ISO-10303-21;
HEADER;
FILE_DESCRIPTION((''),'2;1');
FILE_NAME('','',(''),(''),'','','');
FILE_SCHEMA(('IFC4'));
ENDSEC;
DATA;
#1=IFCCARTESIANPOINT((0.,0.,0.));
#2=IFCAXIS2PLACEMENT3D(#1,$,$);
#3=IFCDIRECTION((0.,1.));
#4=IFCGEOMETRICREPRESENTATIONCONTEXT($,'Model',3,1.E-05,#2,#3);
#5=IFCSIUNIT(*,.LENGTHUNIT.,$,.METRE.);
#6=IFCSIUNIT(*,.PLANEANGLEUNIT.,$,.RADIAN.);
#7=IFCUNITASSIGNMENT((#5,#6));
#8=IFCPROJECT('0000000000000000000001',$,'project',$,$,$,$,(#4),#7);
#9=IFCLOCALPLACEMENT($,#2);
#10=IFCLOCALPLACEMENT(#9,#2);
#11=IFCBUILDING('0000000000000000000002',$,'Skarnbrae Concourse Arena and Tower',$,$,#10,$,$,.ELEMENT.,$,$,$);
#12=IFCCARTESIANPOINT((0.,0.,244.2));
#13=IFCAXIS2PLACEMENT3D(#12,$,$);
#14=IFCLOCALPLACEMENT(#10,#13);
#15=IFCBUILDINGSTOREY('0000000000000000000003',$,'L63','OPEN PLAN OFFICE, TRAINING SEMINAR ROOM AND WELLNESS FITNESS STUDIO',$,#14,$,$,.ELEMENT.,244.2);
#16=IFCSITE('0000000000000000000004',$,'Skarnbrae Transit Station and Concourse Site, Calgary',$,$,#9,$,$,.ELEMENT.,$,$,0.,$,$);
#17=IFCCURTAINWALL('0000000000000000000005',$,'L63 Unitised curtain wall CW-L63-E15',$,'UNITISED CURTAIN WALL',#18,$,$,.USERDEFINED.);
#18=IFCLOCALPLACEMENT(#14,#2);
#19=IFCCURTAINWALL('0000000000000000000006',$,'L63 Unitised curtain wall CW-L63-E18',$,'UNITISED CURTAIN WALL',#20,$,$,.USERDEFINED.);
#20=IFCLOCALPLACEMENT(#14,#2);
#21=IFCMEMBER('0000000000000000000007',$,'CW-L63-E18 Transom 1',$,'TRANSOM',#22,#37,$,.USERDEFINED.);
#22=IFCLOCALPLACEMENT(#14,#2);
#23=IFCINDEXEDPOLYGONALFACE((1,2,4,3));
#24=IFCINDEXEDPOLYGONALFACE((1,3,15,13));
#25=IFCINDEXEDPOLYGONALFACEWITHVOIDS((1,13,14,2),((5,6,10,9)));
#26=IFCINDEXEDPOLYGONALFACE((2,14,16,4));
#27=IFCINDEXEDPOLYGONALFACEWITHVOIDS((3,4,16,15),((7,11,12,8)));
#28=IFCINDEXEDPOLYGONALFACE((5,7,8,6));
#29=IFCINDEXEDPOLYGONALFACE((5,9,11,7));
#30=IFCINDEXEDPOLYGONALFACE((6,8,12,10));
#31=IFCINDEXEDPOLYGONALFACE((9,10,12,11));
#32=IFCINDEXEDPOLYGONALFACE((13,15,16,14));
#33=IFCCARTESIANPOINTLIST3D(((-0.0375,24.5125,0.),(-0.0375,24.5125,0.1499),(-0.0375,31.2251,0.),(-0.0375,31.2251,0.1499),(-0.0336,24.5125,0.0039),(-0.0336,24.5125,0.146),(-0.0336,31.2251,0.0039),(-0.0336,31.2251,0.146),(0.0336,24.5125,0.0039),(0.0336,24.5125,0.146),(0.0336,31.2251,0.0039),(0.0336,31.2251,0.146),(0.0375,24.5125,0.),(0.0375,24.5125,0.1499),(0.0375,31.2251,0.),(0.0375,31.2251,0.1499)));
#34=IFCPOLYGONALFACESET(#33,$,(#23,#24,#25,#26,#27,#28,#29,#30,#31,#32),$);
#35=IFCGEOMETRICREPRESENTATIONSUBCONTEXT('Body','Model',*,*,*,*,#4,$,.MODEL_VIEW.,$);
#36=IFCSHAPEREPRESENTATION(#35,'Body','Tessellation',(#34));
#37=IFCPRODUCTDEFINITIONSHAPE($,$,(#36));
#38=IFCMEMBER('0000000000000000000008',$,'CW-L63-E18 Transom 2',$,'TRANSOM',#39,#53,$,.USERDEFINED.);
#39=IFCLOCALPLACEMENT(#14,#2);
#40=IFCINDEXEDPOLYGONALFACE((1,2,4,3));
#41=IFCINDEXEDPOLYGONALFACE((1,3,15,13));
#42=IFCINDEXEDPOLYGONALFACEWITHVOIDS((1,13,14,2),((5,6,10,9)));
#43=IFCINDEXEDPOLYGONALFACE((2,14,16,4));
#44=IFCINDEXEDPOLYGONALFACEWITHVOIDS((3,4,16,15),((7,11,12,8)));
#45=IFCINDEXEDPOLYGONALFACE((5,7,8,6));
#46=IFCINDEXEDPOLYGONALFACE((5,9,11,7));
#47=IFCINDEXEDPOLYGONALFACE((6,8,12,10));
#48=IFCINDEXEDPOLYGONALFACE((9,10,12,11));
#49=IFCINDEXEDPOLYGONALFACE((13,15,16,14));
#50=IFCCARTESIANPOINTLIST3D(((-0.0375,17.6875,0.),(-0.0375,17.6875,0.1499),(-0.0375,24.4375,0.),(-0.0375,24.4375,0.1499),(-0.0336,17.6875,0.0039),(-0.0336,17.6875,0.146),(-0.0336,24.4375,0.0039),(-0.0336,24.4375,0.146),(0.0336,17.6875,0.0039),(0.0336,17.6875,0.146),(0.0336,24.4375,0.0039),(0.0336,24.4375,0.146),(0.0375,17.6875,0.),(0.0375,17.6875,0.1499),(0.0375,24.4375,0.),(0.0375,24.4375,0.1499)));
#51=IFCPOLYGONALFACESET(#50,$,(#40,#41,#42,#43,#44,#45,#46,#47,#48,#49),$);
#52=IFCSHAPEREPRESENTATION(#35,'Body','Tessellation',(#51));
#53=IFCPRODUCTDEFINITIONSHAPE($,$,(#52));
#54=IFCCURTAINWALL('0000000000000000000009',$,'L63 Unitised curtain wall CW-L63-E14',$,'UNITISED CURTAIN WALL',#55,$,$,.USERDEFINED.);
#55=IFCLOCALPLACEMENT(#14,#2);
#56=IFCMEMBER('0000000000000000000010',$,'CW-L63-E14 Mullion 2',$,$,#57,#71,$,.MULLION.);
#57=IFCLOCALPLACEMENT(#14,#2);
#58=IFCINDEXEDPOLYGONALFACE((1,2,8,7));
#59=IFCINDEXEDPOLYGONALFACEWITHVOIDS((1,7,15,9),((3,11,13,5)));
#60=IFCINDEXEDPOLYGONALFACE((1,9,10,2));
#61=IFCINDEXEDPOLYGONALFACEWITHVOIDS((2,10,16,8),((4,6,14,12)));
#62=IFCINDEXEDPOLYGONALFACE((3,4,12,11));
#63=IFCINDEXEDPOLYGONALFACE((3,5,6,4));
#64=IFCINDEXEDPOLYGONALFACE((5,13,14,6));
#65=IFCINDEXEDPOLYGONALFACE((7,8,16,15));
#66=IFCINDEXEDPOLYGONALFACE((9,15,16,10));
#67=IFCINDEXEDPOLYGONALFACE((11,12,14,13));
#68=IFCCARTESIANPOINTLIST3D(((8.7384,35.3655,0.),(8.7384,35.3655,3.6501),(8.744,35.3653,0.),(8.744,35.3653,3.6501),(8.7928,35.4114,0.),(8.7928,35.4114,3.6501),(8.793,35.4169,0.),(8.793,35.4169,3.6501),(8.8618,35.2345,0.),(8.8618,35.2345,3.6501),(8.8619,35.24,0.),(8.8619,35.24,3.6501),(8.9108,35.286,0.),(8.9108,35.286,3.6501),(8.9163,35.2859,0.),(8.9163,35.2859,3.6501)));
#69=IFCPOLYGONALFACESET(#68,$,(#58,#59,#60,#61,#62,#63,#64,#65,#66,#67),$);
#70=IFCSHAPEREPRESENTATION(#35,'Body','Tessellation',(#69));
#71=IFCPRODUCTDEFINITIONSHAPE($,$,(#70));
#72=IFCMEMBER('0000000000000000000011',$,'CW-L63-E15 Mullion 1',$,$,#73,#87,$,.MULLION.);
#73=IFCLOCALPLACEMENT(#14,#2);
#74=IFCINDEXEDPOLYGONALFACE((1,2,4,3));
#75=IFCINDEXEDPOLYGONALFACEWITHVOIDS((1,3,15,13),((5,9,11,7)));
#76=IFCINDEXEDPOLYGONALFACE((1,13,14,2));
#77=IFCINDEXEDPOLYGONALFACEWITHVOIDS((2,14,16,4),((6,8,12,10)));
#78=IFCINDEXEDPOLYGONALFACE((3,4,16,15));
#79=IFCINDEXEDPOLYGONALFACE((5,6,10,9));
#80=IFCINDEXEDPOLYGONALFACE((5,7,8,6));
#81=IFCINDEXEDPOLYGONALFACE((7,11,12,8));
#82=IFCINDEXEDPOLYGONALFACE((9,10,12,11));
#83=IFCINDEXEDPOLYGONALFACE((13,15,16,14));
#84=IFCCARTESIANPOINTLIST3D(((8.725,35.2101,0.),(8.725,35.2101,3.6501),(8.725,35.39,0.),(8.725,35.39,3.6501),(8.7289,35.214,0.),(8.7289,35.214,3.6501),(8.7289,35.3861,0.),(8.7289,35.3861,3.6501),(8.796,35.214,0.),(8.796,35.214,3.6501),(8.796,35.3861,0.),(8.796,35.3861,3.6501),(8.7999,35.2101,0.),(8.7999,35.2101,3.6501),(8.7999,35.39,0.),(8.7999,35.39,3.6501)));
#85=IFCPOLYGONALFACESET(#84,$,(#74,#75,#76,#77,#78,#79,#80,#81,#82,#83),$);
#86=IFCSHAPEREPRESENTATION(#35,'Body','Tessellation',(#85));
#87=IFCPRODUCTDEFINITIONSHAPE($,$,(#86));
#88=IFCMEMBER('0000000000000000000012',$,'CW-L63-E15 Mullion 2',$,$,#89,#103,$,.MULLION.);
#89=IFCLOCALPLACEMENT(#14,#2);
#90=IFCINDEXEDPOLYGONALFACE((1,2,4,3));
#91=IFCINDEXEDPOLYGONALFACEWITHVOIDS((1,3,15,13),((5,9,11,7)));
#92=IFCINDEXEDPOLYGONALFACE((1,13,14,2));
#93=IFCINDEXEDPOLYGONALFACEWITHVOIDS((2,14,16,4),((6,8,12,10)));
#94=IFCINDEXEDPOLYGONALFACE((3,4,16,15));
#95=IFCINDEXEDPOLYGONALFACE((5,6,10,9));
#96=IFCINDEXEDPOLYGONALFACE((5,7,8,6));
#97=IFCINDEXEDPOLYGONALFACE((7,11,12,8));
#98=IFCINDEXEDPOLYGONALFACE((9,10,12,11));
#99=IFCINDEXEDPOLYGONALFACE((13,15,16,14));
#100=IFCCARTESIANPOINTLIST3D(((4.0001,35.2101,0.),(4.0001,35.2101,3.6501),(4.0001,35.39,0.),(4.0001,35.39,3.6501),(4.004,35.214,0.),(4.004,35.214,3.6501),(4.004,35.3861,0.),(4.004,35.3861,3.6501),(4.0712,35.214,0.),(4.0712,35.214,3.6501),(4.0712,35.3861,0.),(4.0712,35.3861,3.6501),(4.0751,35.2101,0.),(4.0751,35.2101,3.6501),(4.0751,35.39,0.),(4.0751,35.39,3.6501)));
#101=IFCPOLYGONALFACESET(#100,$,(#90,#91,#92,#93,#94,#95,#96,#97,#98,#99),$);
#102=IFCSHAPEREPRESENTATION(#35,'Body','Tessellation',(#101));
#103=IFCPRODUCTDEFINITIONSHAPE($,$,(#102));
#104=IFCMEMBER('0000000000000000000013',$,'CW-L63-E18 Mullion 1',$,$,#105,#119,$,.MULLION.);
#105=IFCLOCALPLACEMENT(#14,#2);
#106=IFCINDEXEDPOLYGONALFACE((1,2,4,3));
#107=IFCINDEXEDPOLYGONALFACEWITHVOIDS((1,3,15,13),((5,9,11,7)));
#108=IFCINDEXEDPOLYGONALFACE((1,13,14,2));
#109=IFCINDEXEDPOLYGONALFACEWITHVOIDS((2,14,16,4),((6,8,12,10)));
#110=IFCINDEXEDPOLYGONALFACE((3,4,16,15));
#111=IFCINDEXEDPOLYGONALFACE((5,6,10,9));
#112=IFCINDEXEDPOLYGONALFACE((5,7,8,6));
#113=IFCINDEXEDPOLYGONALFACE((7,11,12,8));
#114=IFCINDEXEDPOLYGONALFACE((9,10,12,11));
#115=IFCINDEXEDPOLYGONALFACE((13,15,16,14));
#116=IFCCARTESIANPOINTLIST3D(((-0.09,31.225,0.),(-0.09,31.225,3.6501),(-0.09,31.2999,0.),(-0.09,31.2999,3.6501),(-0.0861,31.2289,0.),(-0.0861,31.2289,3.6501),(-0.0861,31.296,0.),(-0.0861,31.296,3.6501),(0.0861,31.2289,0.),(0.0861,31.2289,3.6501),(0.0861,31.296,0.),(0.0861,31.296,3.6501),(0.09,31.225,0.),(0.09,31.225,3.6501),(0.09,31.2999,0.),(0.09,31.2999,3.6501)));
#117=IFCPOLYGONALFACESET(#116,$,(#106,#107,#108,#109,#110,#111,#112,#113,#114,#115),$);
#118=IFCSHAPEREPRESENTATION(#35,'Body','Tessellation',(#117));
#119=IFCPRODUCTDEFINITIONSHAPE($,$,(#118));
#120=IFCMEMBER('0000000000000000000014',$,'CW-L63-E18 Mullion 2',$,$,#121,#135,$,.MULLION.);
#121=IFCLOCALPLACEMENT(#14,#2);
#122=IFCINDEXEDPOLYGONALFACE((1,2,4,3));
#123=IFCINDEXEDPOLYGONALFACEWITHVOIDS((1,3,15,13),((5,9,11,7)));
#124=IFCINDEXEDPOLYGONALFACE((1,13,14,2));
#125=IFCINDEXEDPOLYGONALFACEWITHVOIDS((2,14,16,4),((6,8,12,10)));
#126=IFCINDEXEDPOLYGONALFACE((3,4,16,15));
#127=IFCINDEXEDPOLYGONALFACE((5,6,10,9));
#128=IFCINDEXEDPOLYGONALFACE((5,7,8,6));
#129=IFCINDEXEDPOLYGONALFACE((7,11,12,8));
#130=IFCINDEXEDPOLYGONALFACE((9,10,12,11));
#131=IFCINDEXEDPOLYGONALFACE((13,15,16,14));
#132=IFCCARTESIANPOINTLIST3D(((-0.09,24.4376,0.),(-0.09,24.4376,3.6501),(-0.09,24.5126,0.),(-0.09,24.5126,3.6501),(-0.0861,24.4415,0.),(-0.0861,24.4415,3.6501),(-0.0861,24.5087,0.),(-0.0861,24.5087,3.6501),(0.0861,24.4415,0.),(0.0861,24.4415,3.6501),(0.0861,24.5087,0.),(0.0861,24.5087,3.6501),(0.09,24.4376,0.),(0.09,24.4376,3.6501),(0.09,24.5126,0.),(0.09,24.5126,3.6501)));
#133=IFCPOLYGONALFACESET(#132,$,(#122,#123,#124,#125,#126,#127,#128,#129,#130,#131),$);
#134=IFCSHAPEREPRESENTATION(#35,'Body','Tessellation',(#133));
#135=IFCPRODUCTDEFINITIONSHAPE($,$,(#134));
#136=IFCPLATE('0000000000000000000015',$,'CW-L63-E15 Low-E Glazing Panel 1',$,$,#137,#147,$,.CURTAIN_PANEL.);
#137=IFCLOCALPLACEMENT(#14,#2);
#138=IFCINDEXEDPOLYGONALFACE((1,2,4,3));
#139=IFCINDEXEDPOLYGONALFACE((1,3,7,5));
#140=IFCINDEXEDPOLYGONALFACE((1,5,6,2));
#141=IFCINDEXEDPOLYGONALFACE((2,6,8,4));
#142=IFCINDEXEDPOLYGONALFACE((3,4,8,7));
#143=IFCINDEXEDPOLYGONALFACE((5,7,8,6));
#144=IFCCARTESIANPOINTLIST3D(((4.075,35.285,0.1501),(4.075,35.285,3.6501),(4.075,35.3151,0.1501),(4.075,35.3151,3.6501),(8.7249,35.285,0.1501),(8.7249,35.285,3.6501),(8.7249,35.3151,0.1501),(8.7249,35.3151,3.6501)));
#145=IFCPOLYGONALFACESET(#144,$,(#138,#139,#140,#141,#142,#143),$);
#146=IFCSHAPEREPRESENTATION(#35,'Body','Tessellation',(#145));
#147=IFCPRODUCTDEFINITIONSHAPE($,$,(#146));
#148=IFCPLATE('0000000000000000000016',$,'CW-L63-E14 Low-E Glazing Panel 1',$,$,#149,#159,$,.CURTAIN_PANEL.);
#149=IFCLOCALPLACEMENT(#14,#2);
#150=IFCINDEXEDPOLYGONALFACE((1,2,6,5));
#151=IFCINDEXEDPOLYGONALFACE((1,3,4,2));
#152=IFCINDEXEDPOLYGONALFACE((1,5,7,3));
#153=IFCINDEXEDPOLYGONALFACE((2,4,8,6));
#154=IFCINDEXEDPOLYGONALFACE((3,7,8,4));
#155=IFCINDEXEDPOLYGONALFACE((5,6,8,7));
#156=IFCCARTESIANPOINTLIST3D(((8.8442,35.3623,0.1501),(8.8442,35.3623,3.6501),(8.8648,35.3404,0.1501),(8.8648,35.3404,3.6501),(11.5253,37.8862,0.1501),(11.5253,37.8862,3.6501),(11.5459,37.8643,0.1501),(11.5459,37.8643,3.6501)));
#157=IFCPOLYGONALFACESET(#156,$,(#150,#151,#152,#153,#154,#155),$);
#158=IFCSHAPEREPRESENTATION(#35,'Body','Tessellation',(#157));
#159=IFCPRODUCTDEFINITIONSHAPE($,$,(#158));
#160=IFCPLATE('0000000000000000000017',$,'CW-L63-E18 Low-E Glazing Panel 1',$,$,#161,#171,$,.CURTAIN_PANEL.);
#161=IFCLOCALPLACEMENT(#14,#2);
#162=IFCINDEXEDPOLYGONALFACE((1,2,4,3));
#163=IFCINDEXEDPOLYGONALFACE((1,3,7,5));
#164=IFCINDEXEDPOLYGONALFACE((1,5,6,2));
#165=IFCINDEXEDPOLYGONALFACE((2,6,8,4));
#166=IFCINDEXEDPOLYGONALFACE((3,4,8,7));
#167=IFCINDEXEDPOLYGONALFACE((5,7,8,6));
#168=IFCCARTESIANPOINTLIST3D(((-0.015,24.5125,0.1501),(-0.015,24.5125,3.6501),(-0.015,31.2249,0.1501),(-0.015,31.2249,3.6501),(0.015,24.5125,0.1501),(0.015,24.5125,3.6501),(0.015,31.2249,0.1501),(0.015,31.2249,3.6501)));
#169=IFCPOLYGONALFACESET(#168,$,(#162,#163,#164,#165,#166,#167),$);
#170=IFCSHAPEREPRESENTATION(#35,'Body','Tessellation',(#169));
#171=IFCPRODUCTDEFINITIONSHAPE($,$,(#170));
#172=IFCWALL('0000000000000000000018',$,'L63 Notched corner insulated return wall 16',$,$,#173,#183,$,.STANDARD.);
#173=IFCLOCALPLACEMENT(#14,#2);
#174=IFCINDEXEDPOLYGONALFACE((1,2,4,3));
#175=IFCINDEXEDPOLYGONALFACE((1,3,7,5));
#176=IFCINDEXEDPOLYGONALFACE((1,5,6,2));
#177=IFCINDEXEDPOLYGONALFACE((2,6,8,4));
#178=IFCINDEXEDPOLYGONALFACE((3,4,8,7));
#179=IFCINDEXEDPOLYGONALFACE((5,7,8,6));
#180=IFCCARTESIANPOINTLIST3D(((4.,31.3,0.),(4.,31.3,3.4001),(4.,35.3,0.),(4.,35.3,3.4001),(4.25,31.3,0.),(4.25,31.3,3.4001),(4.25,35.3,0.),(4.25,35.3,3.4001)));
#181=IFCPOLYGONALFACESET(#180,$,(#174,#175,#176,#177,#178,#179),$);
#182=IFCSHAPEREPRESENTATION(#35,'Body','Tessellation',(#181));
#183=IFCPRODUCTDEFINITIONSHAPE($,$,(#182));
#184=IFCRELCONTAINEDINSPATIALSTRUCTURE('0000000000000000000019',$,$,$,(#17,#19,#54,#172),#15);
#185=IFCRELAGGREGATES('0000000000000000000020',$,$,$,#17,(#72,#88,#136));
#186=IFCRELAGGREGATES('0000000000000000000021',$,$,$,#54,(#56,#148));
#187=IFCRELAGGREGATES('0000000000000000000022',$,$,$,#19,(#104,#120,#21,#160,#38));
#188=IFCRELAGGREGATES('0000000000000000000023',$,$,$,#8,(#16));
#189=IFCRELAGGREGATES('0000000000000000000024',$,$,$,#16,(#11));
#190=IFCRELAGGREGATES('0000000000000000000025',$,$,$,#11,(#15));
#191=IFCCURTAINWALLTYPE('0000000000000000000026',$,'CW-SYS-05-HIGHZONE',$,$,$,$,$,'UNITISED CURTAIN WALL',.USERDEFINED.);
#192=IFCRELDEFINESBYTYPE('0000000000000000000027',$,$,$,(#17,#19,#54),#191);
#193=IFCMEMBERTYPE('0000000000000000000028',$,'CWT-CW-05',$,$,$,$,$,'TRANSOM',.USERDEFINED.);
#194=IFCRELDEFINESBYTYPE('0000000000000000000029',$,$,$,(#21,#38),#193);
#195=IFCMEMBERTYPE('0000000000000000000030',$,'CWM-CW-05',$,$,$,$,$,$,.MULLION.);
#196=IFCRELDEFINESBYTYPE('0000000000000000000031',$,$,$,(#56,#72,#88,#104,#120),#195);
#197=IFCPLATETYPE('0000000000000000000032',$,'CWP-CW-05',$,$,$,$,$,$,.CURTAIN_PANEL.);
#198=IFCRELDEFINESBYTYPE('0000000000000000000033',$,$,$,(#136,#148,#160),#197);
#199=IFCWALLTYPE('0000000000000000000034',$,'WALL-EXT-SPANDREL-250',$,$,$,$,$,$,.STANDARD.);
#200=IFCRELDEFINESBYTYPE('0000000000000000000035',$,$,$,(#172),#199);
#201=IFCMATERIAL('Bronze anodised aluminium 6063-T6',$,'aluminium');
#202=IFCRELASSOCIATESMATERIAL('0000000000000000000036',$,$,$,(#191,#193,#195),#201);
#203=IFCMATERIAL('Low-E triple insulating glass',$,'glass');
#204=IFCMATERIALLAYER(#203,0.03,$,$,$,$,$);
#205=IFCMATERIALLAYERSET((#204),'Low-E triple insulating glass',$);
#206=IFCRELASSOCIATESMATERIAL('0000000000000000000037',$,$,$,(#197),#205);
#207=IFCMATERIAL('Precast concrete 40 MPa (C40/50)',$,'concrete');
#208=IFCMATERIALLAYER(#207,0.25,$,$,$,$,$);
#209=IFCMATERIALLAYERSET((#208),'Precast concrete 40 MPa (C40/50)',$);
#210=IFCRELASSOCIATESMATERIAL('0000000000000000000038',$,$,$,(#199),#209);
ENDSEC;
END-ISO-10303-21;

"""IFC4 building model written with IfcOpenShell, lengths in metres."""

from ifc_helpers import new_model, si_unit, direction, frame, frame_2d, origin, origin_2d, place, context, subcontext, project, spatial, rectangle, hollow_rectangle, extrude, source, transform, mapped, material, layer, layer_set, material_profile, profile_set, type_object, element, aggregate, save


model = new_model("IFC4")

# Units and contexts
model_context = context("Model", 3, precision=1e-05, world=origin(), true_north=direction((0.0, 1.0)))
body_context = subcontext(model_context, "Body", "Model", "MODEL_VIEW")
ifc_project = project(units=[si_unit("LENGTHUNIT", "METRE"), si_unit("PLANEANGLEUNIT", "RADIAN")], contexts=[model_context])

# Site, building, storey
site_placement = place(None, origin())
site = spatial("IfcSite", under=ifc_project, at=site_placement, Name="Skarnbrae Transit Station and Concourse Site, Calgary", CompositionType="ELEMENT", RefElevation=0.0)
building_placement = place(site_placement, origin())
building = spatial("IfcBuilding", under=site, at=building_placement, Name="Skarnbrae Concourse Arena and Tower", CompositionType="ELEMENT")
storey_placement = place(building_placement, frame((0.0, 0.0, 244.2)))
storey = spatial("IfcBuildingStorey", under=building, at=storey_placement, Name="L63", Description="OPEN PLAN OFFICE, TRAINING SEMINAR ROOM AND WELLNESS FITNESS STUDIO", CompositionType="ELEMENT", Elevation=244.2)

# Curtain wall
ifc_material_1 = material(Name="Bronze anodised aluminium 6063-T6", Category="aluminium")
curtain_wall_type = type_object("IfcCurtainWallType", Name="CW-SYS-05-HIGHZONE", ElementType="UNITISED CURTAIN WALL", PredefinedType="USERDEFINED", material=ifc_material_1)
curtain_wall_1_placement = place(storey_placement, origin())
curtain_wall_1 = element("IfcCurtainWall", 1, at=curtain_wall_1_placement, inside=storey, type_object=curtain_wall_type, Name="L63 Unitised curtain wall CW-L63-E15", ObjectType="UNITISED CURTAIN WALL", PredefinedType="USERDEFINED")
ifc_material_profile_1 = material_profile(ifc_material_1, hollow_rectangle(XDim=0.075, YDim=0.1499, WallThickness=0.0039, at=origin_2d()), Name="ALU-TRAN-75X150")
ifc_profile_set_1 = profile_set([ifc_material_profile_1], Name="Bronze anodised aluminium 6063-T6")
member_type_1 = type_object("IfcMemberType", Name="CWT-CW-05", ElementType="TRANSOM", PredefinedType="USERDEFINED", material=ifc_profile_set_1)

# Curtain wall, members
curtain_wall_2_placement = place(storey_placement, origin())
curtain_wall_2 = element("IfcCurtainWall", 2, at=curtain_wall_2_placement, inside=storey, type_object=curtain_wall_type, Name="L63 Unitised curtain wall CW-L63-E18", ObjectType="UNITISED CURTAIN WALL", PredefinedType="USERDEFINED")
shared_shape_1 = source(origin(), body_context, "Body", "SweptSolid", [
    extrude(hollow_rectangle(XDim=0.075, YDim=0.1499, WallThickness=0.0039, at=origin_2d()), origin(), (0.0, 0.0, 1.0), 6.7126),
])
member_1_placement = place(storey_placement, frame((0.0, 31.2251, 0.075), z_axis=(0.0, -1.0, 0.0), x_axis=(1.0, 0.0, 0.0)))
member_1 = element("IfcMember", 3, at=member_1_placement, type_object=member_type_1, Name="CW-L63-E18 Transom 1", ObjectType="TRANSOM", PredefinedType="USERDEFINED", context=body_context, shape_type="MappedRepresentation", body=[
    mapped(shared_shape_1, transform((0.0, 0.0, 0.0))),
])
shared_shape_2 = source(origin(), body_context, "Body", "SweptSolid", [
    extrude(hollow_rectangle(XDim=0.075, YDim=0.1499, WallThickness=0.0039, at=origin_2d()), origin(), (0.0, 0.0, 1.0), 6.75),
])
member_2_placement = place(storey_placement, frame((0.0, 24.4375, 0.075), z_axis=(0.0, -1.0, 0.0), x_axis=(1.0, 0.0, 0.0)))
member_2 = element("IfcMember", 4, at=member_2_placement, type_object=member_type_1, Name="CW-L63-E18 Transom 2", ObjectType="TRANSOM", PredefinedType="USERDEFINED", context=body_context, shape_type="MappedRepresentation", body=[
    mapped(shared_shape_2, transform((0.0, 0.0, 0.0))),
])

# Curtain wall, member
curtain_wall_3_placement = place(storey_placement, origin())
curtain_wall_3 = element("IfcCurtainWall", 5, at=curtain_wall_3_placement, inside=storey, type_object=curtain_wall_type, Name="L63 Unitised curtain wall CW-L63-E14", ObjectType="UNITISED CURTAIN WALL", PredefinedType="USERDEFINED")
ifc_material_profile_2 = material_profile(ifc_material_1, hollow_rectangle(XDim=0.075, YDim=0.1799, WallThickness=0.0039, at=origin_2d()), Name="ALU-MULL-75X180")
ifc_profile_set_2 = profile_set([ifc_material_profile_2], Name="Bronze anodised aluminium 6063-T6")
member_type_2 = type_object("IfcMemberType", Name="CWM-CW-05", PredefinedType="MULLION", material=ifc_profile_set_2)
shared_shape_3 = source(origin(), body_context, "Body", "SweptSolid", [
    extrude(hollow_rectangle(XDim=0.075, YDim=0.1799, WallThickness=0.0039, at=origin_2d()), origin(), (0.0, 0.0, 1.0), 3.6501),
])
member_3_placement = place(storey_placement, frame((8.8274, 35.3257, 0.0), z_axis=(0.0, 0.0, 1.0), x_axis=(-0.728131, -0.685438, 0.0)))
member_3 = element("IfcMember", 6, at=member_3_placement, type_object=member_type_2, Name="CW-L63-E14 Mullion 2", PredefinedType="MULLION", context=body_context, shape_type="MappedRepresentation", body=[
    mapped(shared_shape_3, transform((0.0, 0.0, 0.0))),
])

# Members
member_4_placement = place(storey_placement, frame((8.7625, 35.3, 0.0), z_axis=(0.0, 0.0, 1.0), x_axis=(-1.0, 0.0, 0.0)))
member_4 = element("IfcMember", 7, at=member_4_placement, type_object=member_type_2, Name="CW-L63-E15 Mullion 1", PredefinedType="MULLION", context=body_context, shape_type="MappedRepresentation", body=[
    mapped(shared_shape_3, transform((0.0, 0.0, 0.0))),
])
member_5_placement = place(storey_placement, frame((4.0376, 35.3, 0.0), z_axis=(0.0, 0.0, 1.0), x_axis=(-1.0, 0.0, 0.0)))
member_5 = element("IfcMember", 8, at=member_5_placement, type_object=member_type_2, Name="CW-L63-E15 Mullion 2", PredefinedType="MULLION", context=body_context, shape_type="MappedRepresentation", body=[
    mapped(shared_shape_3, transform((0.0, 0.0, 0.0))),
])
member_6_placement = place(storey_placement, frame((0.0, 31.2625, 0.0), z_axis=(0.0, 0.0, 1.0), x_axis=(0.0, -1.0, 0.0)))
member_6 = element("IfcMember", 9, at=member_6_placement, type_object=member_type_2, Name="CW-L63-E18 Mullion 1", PredefinedType="MULLION", context=body_context, shape_type="MappedRepresentation", body=[
    mapped(shared_shape_3, transform((0.0, 0.0, 0.0))),
])
member_7_placement = place(storey_placement, frame((0.0, 24.4751, 0.0), z_axis=(0.0, 0.0, 1.0), x_axis=(0.0, -1.0, 0.0)))
member_7 = element("IfcMember", 10, at=member_7_placement, type_object=member_type_2, Name="CW-L63-E18 Mullion 2", PredefinedType="MULLION", context=body_context, shape_type="MappedRepresentation", body=[
    mapped(shared_shape_3, transform((0.0, 0.0, 0.0))),
])

# Plates
ifc_material_2 = material(Name="Low-E triple insulating glass", Category="glass")
ifc_layer_1 = layer(ifc_material_2, 0.03)
ifc_layer_set_1 = layer_set([ifc_layer_1], Name="Low-E triple insulating glass")
plate_type = type_object("IfcPlateType", Name="CWP-CW-05", PredefinedType="CURTAIN_PANEL", material=ifc_layer_set_1)
shared_shape_4 = source(origin(), body_context, "Body", "SweptSolid", [
    extrude(rectangle(XDim=4.6499, YDim=0.03, at=origin_2d()), origin(), (0.0, 0.0, 1.0), 3.5),
])
plate_1_placement = place(storey_placement, frame((6.3999, 35.3, 0.1501), z_axis=(0.0, 0.0, 1.0), x_axis=(-1.0, 0.0, 0.0)))
plate_1 = element("IfcPlate", 11, at=plate_1_placement, type_object=plate_type, Name="CW-L63-E15 Low-E Glazing Panel 1", PredefinedType="CURTAIN_PANEL", context=body_context, shape_type="MappedRepresentation", body=[
    mapped(shared_shape_4, transform((0.0, 0.0, 0.0))),
])
aggregate(curtain_wall_1, [member_4, member_5, plate_1])
shared_shape_5 = source(origin(), body_context, "Body", "SweptSolid", [
    extrude(rectangle(XDim=3.6821, YDim=0.03, at=origin_2d()), origin(), (0.0, 0.0, 1.0), 3.5),
])
plate_2_placement = place(storey_placement, frame((10.1951, 36.6133, 0.1501), z_axis=(0.0, 0.0, 1.0), x_axis=(-0.728131, -0.685438, 0.0)))
plate_2 = element("IfcPlate", 12, at=plate_2_placement, type_object=plate_type, Name="CW-L63-E14 Low-E Glazing Panel 1", PredefinedType="CURTAIN_PANEL", context=body_context, shape_type="MappedRepresentation", body=[
    mapped(shared_shape_5, transform((0.0, 0.0, 0.0))),
])
aggregate(curtain_wall_3, [member_3, plate_2])
shared_shape_6 = source(origin(), body_context, "Body", "SweptSolid", [
    extrude(rectangle(XDim=6.7124, YDim=0.03, at=origin_2d()), origin(), (0.0, 0.0, 1.0), 3.5),
])
plate_3_placement = place(storey_placement, frame((0.0, 27.8687, 0.1501), z_axis=(0.0, 0.0, 1.0), x_axis=(0.0, -1.0, 0.0)))
plate_3 = element("IfcPlate", 13, at=plate_3_placement, type_object=plate_type, Name="CW-L63-E18 Low-E Glazing Panel 1", PredefinedType="CURTAIN_PANEL", context=body_context, shape_type="MappedRepresentation", body=[
    mapped(shared_shape_6, transform((0.0, 0.0, 0.0))),
])
aggregate(curtain_wall_2, [member_6, member_7, member_1, plate_3, member_2])

# Wall
ifc_material_3 = material(Name="Precast concrete 40 MPa (C40/50)", Category="concrete")
ifc_layer_2 = layer(ifc_material_3, 0.25)
ifc_layer_set_2 = layer_set([ifc_layer_2], Name="Precast concrete 40 MPa (C40/50)")
wall_type_1 = type_object("IfcWallType", Name="WALL-EXT-SPANDREL-250", PredefinedType="STANDARD", material=ifc_layer_set_2)
shared_shape_7 = source(origin(), body_context, "Body", "SweptSolid", [
    extrude(rectangle(XDim=4.0, YDim=0.25, at=frame_2d((2.0, 0.0))), origin(), (0.0, 0.0, 1.0), 3.4001),
])
for number, where, z_axis, x_axis, name in (
    (14, (4.125, 35.3, 0.0), (0.0, 0.0, 1.0), (0.0, -1.0, 0.0), "L63 Notched corner insulated return wall 16"),
):
    element("IfcWall", number, at=place(storey_placement, frame(where, z_axis=z_axis, x_axis=x_axis)), inside=storey, type_object=wall_type_1, Name=name, PredefinedType="STANDARD", context=body_context, shape_type="MappedRepresentation", body=[
        mapped(shared_shape_7, transform((0.0, 0.0, 0.0))),
    ])

save(model, "model.ifc")
